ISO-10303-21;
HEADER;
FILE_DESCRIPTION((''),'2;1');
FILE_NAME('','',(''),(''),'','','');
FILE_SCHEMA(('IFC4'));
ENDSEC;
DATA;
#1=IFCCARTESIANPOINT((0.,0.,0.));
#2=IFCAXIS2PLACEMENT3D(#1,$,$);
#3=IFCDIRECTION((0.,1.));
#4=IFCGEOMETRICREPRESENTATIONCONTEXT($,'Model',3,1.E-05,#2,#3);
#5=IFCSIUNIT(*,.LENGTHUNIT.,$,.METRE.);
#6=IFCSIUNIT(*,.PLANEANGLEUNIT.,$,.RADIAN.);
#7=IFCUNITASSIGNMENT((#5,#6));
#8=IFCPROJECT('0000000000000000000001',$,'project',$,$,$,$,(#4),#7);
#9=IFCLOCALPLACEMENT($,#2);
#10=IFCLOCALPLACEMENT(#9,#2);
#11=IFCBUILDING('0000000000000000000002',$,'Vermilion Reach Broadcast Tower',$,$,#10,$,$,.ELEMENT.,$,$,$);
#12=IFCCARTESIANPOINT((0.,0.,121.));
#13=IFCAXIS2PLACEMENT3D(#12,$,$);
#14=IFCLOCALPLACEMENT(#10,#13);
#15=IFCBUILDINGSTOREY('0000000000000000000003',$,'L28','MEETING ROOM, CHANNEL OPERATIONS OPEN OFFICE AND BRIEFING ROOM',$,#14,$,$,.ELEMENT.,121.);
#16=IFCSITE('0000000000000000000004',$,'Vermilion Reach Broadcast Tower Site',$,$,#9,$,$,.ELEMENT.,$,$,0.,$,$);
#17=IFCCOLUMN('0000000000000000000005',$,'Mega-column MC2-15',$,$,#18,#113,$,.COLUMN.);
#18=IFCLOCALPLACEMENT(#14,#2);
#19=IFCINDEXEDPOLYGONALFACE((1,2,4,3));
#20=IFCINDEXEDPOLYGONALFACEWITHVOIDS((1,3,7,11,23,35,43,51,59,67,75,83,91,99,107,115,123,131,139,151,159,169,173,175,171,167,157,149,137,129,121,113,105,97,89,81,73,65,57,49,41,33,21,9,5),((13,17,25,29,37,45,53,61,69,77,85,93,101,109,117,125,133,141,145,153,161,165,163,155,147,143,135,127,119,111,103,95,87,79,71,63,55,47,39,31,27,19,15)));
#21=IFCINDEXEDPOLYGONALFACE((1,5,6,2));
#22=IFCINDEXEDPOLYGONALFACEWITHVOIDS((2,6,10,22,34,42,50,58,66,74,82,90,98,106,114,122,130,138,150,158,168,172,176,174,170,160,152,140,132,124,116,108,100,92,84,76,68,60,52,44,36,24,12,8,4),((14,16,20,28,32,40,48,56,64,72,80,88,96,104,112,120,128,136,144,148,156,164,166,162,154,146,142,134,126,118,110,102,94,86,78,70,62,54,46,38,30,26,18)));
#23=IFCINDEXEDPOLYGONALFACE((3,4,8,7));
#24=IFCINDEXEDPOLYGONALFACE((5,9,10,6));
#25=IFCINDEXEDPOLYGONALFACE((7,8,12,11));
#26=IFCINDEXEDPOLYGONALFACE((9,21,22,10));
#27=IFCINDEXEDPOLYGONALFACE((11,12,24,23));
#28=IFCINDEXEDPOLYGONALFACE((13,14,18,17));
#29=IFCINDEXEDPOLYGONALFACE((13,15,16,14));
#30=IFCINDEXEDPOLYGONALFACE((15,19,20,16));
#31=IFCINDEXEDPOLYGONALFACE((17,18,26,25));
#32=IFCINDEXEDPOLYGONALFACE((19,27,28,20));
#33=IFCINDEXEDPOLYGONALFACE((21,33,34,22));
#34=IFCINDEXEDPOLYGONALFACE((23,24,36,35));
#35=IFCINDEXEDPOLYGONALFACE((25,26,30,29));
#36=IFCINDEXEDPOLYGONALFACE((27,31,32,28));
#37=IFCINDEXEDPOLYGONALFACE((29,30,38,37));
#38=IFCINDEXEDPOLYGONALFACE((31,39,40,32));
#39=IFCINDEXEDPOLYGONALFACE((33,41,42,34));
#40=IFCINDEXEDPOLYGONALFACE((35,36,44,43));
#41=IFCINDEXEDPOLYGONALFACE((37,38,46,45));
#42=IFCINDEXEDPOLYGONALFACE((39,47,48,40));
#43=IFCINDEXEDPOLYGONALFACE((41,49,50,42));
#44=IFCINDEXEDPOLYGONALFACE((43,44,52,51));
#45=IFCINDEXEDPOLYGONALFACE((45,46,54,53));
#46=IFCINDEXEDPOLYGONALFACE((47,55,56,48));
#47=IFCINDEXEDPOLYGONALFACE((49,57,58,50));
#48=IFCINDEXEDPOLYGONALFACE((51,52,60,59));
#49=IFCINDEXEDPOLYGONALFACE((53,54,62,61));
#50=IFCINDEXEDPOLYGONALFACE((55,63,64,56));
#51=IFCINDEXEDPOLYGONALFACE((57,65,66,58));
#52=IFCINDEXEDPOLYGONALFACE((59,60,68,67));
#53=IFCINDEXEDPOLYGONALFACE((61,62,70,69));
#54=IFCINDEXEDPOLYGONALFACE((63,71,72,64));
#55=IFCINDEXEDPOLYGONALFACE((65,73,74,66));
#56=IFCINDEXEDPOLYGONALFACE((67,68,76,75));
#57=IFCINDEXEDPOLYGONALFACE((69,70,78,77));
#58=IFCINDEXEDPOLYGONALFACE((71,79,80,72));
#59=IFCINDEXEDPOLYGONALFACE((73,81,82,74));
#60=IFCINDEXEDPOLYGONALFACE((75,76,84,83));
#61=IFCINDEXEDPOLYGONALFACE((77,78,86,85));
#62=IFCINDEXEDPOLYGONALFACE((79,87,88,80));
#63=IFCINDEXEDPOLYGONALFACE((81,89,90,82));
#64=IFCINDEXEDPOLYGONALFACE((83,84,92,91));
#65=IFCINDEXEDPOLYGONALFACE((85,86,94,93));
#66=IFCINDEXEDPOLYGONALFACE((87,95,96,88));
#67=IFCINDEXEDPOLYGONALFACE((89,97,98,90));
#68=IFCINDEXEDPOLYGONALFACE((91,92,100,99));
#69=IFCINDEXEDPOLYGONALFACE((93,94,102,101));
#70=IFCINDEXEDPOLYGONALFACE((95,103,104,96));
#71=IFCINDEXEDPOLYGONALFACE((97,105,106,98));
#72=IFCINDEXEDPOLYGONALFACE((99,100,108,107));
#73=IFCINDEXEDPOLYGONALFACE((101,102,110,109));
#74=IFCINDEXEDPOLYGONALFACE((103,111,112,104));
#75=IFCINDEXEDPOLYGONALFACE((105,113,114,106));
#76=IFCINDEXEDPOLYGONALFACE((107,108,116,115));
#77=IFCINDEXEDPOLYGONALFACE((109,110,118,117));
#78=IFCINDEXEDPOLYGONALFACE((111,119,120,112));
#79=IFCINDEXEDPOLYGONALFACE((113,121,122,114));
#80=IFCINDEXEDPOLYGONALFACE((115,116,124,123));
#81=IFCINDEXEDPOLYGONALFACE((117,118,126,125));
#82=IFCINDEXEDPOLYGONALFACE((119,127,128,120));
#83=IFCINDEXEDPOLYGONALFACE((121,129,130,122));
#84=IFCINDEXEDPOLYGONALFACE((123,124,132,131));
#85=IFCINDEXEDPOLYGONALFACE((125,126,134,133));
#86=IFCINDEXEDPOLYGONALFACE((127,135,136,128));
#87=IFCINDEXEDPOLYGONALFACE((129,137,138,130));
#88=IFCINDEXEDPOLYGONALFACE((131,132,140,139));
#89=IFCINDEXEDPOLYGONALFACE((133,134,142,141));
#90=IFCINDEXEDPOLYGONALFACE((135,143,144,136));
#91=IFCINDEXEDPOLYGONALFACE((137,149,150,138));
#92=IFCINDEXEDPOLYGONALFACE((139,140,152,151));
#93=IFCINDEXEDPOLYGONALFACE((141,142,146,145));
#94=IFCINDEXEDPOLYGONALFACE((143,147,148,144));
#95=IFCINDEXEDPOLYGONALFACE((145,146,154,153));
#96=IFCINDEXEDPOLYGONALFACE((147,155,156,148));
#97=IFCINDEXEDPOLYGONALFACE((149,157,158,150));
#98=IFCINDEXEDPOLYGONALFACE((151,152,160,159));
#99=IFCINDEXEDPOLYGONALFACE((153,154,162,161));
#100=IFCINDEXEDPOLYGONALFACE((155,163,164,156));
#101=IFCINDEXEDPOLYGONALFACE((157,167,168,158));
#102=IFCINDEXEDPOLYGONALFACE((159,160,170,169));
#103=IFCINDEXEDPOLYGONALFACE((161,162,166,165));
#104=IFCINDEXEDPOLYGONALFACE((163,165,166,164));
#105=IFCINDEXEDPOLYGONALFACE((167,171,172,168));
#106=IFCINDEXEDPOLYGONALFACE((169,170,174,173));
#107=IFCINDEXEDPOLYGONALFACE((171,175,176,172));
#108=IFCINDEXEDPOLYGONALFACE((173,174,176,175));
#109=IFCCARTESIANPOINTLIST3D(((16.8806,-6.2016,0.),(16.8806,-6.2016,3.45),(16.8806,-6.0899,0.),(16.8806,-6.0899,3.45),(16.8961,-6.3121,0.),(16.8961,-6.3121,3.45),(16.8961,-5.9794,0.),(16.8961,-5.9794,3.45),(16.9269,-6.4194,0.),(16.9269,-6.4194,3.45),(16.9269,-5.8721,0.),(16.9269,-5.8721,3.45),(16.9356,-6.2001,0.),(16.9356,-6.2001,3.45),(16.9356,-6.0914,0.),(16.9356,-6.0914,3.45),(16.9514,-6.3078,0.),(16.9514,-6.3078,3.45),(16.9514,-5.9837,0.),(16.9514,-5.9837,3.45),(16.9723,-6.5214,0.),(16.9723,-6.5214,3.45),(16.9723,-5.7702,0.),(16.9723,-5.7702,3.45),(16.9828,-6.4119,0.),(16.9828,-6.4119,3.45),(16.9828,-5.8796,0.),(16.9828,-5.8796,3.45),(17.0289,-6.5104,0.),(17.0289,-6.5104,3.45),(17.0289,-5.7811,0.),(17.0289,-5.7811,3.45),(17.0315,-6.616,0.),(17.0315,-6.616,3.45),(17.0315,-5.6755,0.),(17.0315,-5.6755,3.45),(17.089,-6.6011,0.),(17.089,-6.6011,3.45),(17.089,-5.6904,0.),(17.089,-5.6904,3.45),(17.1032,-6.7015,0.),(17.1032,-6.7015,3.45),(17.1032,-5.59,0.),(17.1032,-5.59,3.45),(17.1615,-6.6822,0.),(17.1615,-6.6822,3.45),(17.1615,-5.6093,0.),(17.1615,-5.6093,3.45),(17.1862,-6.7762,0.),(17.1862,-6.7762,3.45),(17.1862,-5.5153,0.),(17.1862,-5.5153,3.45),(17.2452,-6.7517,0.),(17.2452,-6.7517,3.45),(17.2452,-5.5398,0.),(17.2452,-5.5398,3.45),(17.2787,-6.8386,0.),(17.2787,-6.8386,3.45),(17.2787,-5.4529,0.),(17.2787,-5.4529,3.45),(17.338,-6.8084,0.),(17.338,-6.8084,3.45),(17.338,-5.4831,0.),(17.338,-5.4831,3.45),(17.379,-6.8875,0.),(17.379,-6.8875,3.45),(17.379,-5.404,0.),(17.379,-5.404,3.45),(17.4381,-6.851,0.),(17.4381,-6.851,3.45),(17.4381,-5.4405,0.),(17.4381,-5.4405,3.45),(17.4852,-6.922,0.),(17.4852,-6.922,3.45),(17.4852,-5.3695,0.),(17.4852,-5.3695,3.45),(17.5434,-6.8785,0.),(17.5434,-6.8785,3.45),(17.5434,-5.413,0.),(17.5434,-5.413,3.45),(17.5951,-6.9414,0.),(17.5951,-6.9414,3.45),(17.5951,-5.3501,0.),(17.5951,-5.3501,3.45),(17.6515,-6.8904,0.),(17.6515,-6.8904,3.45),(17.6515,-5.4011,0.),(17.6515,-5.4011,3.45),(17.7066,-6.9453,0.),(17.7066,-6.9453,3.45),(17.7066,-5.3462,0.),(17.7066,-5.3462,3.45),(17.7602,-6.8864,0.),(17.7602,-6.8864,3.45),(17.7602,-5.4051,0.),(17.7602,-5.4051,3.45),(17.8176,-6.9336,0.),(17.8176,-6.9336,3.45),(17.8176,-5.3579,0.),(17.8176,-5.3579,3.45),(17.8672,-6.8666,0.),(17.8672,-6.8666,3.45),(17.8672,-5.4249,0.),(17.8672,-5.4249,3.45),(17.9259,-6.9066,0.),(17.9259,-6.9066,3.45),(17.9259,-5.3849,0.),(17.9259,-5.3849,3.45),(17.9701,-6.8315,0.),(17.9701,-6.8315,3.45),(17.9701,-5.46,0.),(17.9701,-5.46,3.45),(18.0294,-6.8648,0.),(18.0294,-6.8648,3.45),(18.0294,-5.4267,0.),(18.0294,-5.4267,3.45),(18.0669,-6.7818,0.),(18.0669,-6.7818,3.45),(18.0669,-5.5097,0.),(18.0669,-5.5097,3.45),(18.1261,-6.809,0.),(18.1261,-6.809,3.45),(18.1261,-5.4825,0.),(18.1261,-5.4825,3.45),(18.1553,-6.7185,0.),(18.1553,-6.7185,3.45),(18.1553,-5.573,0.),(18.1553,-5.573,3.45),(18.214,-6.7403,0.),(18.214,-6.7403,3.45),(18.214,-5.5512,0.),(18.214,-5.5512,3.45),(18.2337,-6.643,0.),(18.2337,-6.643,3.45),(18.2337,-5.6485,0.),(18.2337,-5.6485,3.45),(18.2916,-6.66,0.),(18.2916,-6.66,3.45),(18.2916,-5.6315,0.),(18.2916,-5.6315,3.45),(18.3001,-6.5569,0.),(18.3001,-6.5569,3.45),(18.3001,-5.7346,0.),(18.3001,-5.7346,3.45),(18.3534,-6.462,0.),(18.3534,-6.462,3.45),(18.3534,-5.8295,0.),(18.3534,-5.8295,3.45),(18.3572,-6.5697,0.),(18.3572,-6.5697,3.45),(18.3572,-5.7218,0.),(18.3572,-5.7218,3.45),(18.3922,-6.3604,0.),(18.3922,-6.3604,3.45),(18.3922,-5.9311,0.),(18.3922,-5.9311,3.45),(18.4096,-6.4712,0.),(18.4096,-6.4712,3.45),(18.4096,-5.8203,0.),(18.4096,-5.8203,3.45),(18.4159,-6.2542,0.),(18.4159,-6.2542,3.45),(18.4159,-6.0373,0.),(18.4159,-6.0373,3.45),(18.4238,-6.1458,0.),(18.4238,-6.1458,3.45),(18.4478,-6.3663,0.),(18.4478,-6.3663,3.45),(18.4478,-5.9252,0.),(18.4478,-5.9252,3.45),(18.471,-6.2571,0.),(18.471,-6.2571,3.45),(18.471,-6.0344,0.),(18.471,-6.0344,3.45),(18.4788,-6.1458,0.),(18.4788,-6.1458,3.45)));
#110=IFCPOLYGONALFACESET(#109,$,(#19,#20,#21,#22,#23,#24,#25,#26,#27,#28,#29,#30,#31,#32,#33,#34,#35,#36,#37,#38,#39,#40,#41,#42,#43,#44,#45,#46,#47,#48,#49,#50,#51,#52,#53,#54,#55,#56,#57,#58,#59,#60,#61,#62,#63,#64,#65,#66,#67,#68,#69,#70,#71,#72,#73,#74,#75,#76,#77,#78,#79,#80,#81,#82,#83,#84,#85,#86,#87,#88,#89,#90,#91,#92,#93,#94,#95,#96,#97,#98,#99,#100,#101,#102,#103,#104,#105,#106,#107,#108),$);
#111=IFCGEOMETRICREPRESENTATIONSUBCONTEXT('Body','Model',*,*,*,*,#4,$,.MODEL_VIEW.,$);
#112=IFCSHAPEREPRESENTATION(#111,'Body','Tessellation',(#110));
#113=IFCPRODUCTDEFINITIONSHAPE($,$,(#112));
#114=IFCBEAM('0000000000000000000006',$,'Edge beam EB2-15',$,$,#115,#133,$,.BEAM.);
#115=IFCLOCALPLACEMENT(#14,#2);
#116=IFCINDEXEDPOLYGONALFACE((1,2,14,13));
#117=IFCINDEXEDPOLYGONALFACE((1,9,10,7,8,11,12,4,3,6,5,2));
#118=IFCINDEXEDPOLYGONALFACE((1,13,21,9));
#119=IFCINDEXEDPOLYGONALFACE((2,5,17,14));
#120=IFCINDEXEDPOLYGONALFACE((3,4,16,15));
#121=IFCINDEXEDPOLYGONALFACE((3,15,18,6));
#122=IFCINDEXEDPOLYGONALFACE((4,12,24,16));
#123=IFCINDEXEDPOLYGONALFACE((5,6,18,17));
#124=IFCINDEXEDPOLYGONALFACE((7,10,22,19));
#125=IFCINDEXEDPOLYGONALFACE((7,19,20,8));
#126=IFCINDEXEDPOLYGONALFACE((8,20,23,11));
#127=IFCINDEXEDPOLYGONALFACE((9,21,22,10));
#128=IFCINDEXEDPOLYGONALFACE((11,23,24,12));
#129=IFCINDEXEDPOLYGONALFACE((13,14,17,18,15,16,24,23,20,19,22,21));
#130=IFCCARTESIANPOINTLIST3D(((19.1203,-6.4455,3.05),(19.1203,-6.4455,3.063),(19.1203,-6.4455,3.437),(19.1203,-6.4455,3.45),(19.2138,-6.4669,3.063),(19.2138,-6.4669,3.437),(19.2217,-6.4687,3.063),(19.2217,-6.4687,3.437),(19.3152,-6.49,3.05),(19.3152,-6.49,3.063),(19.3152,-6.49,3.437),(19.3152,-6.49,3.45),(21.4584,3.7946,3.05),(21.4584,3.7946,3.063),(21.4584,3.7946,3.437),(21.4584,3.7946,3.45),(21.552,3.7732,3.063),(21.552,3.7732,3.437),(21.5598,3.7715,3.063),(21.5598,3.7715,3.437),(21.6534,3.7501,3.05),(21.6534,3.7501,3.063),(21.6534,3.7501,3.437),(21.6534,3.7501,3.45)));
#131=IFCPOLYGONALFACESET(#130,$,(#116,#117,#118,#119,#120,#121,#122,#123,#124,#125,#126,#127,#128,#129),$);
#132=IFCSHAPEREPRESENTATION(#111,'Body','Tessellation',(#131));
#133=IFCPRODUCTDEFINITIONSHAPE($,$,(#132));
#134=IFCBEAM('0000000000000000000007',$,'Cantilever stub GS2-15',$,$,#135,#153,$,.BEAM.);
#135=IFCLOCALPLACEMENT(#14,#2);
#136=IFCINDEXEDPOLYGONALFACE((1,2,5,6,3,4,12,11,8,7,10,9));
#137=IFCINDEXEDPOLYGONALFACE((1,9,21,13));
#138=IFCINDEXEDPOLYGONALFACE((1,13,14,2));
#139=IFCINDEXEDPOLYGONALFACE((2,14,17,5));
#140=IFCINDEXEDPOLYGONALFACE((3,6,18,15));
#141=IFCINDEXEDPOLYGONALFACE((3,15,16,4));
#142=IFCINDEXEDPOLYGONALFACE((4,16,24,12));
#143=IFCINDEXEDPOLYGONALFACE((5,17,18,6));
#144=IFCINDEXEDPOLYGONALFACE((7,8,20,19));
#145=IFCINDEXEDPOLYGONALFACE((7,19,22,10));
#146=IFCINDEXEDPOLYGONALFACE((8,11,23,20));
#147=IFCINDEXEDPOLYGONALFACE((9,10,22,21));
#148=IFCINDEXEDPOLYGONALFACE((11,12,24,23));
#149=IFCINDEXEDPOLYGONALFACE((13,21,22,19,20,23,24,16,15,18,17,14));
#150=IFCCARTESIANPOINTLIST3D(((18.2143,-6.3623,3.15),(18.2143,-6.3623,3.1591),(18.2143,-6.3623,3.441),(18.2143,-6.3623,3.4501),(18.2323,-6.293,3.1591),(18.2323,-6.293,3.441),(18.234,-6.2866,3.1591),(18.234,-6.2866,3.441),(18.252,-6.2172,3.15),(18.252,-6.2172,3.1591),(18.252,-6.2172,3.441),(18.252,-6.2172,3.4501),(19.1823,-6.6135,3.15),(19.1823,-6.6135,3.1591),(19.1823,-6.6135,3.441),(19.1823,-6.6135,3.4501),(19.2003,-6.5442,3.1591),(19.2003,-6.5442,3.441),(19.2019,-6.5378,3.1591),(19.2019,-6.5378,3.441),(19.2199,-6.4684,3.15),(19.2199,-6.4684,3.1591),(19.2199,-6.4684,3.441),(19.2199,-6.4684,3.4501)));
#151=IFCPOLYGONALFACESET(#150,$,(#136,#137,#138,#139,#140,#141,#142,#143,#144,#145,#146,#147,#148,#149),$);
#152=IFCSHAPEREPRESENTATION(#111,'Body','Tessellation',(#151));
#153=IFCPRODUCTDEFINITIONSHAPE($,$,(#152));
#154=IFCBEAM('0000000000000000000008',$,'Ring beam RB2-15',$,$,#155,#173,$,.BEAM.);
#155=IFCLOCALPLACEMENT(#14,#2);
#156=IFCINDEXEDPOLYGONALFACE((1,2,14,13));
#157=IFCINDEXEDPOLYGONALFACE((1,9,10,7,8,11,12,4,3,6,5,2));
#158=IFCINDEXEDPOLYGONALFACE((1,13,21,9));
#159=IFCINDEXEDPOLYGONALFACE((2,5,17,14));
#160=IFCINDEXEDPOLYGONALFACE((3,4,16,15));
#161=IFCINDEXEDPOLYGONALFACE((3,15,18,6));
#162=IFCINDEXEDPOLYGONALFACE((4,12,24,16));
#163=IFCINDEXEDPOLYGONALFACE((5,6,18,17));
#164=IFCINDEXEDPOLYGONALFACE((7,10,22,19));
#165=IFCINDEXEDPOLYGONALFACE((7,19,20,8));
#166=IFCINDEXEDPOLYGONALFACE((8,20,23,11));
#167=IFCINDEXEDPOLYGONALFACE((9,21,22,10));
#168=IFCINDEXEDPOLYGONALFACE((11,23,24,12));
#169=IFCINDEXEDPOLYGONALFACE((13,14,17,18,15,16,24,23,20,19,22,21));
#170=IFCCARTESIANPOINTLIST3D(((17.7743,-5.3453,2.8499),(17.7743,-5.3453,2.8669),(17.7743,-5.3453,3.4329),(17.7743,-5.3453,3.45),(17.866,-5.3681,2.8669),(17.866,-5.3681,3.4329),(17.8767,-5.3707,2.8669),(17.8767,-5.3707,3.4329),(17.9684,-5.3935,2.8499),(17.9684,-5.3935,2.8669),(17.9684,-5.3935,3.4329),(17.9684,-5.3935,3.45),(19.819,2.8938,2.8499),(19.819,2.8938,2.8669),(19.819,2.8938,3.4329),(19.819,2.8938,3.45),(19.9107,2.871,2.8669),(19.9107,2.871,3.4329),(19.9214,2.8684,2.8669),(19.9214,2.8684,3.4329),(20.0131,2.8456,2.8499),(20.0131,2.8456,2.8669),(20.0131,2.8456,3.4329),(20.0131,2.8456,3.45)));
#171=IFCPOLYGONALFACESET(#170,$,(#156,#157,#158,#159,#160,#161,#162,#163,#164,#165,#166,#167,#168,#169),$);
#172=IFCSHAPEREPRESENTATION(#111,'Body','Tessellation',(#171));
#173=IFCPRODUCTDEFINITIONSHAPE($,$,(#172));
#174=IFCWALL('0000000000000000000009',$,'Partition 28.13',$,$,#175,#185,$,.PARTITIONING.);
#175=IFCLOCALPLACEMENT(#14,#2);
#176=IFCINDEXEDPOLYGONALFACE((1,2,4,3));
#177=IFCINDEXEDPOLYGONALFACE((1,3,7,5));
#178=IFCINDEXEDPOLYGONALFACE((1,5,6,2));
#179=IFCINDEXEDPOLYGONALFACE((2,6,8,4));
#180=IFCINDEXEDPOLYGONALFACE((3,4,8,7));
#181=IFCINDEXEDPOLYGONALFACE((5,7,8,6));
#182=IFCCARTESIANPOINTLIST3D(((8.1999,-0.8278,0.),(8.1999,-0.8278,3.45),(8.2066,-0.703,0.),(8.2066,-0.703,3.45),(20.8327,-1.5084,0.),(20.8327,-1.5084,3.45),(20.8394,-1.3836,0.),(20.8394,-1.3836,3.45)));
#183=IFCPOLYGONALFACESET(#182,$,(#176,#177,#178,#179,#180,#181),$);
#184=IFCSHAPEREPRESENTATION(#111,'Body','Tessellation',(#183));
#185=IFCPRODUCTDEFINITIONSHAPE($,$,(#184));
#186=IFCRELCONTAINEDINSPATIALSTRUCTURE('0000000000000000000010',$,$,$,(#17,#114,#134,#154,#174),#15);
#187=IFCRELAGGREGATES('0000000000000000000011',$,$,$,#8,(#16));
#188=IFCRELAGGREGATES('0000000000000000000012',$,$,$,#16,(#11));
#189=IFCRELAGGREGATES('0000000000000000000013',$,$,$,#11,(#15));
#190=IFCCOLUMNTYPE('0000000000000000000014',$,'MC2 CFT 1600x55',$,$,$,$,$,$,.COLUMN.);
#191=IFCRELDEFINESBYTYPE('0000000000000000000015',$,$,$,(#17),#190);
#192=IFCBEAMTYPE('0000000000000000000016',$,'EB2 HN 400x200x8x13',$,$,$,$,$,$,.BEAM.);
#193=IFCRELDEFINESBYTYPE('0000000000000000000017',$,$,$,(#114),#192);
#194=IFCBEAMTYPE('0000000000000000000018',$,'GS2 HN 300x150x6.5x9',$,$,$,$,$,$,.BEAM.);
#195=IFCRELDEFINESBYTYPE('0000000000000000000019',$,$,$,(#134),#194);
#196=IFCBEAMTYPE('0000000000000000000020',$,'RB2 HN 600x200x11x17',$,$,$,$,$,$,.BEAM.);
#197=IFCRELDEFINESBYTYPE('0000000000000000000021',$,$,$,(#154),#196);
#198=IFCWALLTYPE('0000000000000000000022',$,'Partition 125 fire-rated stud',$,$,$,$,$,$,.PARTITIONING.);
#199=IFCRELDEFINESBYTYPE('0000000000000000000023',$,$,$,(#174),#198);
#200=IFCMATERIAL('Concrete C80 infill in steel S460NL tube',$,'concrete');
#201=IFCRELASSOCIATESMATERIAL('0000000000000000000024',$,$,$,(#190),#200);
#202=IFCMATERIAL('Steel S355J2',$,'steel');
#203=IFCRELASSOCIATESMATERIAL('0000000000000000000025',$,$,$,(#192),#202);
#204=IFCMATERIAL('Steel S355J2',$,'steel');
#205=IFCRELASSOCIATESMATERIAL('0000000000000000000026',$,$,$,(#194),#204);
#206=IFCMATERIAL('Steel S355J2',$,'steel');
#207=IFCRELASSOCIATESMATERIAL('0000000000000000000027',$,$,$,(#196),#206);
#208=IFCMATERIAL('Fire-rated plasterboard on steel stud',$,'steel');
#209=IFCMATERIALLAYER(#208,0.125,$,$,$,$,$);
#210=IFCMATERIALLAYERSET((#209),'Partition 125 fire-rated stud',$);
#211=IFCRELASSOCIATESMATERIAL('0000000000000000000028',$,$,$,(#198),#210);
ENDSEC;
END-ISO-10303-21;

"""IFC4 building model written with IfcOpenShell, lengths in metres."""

from ifc_helpers import new_model, si_unit, direction, frame, frame_2d, origin, origin_2d, place, context, subcontext, project, spatial, rectangle, hollow_circle, i_section, extrude, material, layer, layer_set, material_profile, profile_set, type_object, element, save


model = new_model("IFC4")

# Units and contexts
model_context = context("Model", 3, precision=1e-05, world=origin(), true_north=direction((0.0, 1.0)))
body_context = subcontext(model_context, "Body", "Model", "MODEL_VIEW")
ifc_project = project(units=[si_unit("LENGTHUNIT", "METRE"), si_unit("PLANEANGLEUNIT", "RADIAN")], contexts=[model_context])

# Site, building, storey
site_placement = place(None, origin())
site = spatial("IfcSite", under=ifc_project, at=site_placement, Name="Vermilion Reach Broadcast Tower Site", CompositionType="ELEMENT", RefElevation=0.0)
building_placement = place(site_placement, origin())
building = spatial("IfcBuilding", under=site, at=building_placement, Name="Vermilion Reach Broadcast Tower", CompositionType="ELEMENT")
storey_placement = place(building_placement, frame((0.0, 0.0, 121.0)))
storey = spatial("IfcBuildingStorey", under=building, at=storey_placement, Name="L28", Description="MEETING ROOM, CHANNEL OPERATIONS OPEN OFFICE AND BRIEFING ROOM", CompositionType="ELEMENT", Elevation=121.0)

# Column
ifc_material_1 = material(Name="Concrete C80 infill in steel S460NL tube", Category="concrete")
ifc_material_profile_1 = material_profile(ifc_material_1, hollow_circle(Radius=0.8, WallThickness=0.0549, at=origin_2d()), Name="Concrete C80 infill in steel S460NL tube CFT 1600x55")
ifc_profile_set_1 = profile_set([ifc_material_profile_1], Name="Concrete C80 infill in steel S460NL tube")
column_type = type_object("IfcColumnType", Name="MC2 CFT 1600x55", PredefinedType="COLUMN", material=ifc_profile_set_1)
column_placement = place(storey_placement, frame((17.6787, -6.1458, 0.0), z_axis=(0.0, 0.0, 1.0), x_axis=(1.0, 0.0, 0.0)))
element("IfcColumn", 1, at=column_placement, inside=storey, type_object=column_type, Name="Mega-column MC2-15", PredefinedType="COLUMN", context=body_context, shape_type="SweptSolid", body=[
    extrude(hollow_circle(Radius=0.8, WallThickness=0.0549, at=origin_2d()), origin(), (0.0, 0.0, 1.0), 3.45),
])

# Beams
ifc_material_2 = material(Name="Steel S355J2", Category="steel")
ifc_material_profile_2 = material_profile(ifc_material_2, i_section(OverallWidth=0.2, OverallDepth=0.3999, WebThickness=0.0081, FlangeThickness=0.0129, at=origin_2d()), Name="S355J2 HN 400x200x8x13")
ifc_profile_set_2 = profile_set([ifc_material_profile_2], Name="Steel S355J2")
beam_type_1 = type_object("IfcBeamType", Name="EB2 HN 400x200x8x13", PredefinedType="BEAM", material=ifc_profile_set_2)
beam_1_placement = place(storey_placement, frame((19.2178, -6.4678, 3.25), z_axis=(0.222599, 0.97491, 0.0), x_axis=(-0.97491, 0.222599, 0.0)))
element("IfcBeam", 2, at=beam_1_placement, inside=storey, type_object=beam_type_1, Name="Edge beam EB2-15", PredefinedType="BEAM", context=body_context, shape_type="SweptSolid", body=[
    extrude(i_section(OverallWidth=0.2, OverallDepth=0.3999, WebThickness=0.0081, FlangeThickness=0.0129, at=origin_2d()), origin(), (0.0, 0.0, 1.0), 10.5037),
])
ifc_material_3 = material(Name="Steel S355J2", Category="steel")
ifc_material_profile_3 = material_profile(ifc_material_3, i_section(OverallWidth=0.1499, OverallDepth=0.3, WebThickness=0.0066, FlangeThickness=0.009, at=origin_2d()), Name="S355J2 HN 300x150x6.5x9")
ifc_profile_set_3 = profile_set([ifc_material_profile_3], Name="Steel S355J2")
beam_type_2 = type_object("IfcBeamType", Name="GS2 HN 300x150x6.5x9", PredefinedType="BEAM", material=ifc_profile_set_3)
beam_2_placement = place(storey_placement, frame((18.2332, -6.2898, 3.3), z_axis=(0.967935, -0.251199, 0.0), x_axis=(0.251199, 0.967935, 0.0)))
element("IfcBeam", 3, at=beam_2_placement, inside=storey, type_object=beam_type_2, Name="Cantilever stub GS2-15", PredefinedType="BEAM", context=body_context, shape_type="SweptSolid", body=[
    extrude(i_section(OverallWidth=0.1499, OverallDepth=0.3, WebThickness=0.0066, FlangeThickness=0.009, at=origin_2d()), origin(), (0.0, 0.0, 1.0), 1.0),
])
ifc_material_4 = material(Name="Steel S355J2", Category="steel")
ifc_material_profile_4 = material_profile(ifc_material_4, i_section(OverallWidth=0.2, OverallDepth=0.6001, WebThickness=0.011, FlangeThickness=0.0171, at=origin_2d()), Name="S355J2 HN 600x200x11x17")
ifc_profile_set_4 = profile_set([ifc_material_profile_4], Name="Steel S355J2")
beam_type_3 = type_object("IfcBeamType", Name="RB2 HN 600x200x11x17", PredefinedType="BEAM", material=ifc_profile_set_4)
beam_3_placement = place(storey_placement, frame((17.8713, -5.3694, 3.1499), z_axis=(0.240864, 0.970559, 0.0), x_axis=(-0.970559, 0.240864, 0.0)))
element("IfcBeam", 4, at=beam_3_placement, inside=storey, type_object=beam_type_3, Name="Ring beam RB2-15", PredefinedType="BEAM", context=body_context, shape_type="SweptSolid", body=[
    extrude(i_section(OverallWidth=0.2, OverallDepth=0.6001, WebThickness=0.011, FlangeThickness=0.0171, at=origin_2d()), origin(), (0.0, 0.0, 1.0), 8.489),
])

# Wall
ifc_material_5 = material(Name="Fire-rated plasterboard on steel stud", Category="steel")
ifc_layer_1 = layer(ifc_material_5, 0.125)
ifc_layer_set_1 = layer_set([ifc_layer_1], Name="Partition 125 fire-rated stud")
wall_type_1 = type_object("IfcWallType", Name="Partition 125 fire-rated stud", PredefinedType="PARTITIONING", material=ifc_layer_set_1)
wall_1_placement = place(storey_placement, frame((20.8362, -1.446, 0.0), z_axis=(0.0, 0.0, 1.0), x_axis=(-0.998552, 0.053803, 0.0)))
element("IfcWall", 5, at=wall_1_placement, inside=storey, type_object=wall_type_1, Name="Partition 28.13", PredefinedType="PARTITIONING", context=body_context, shape_type="SweptSolid", body=[
    extrude(rectangle(XDim=12.6511, YDim=0.125, at=frame_2d((6.3257, 0.0))), origin(), (0.0, 0.0, 1.0), 3.45),
])

save(model, "model.ifc")
